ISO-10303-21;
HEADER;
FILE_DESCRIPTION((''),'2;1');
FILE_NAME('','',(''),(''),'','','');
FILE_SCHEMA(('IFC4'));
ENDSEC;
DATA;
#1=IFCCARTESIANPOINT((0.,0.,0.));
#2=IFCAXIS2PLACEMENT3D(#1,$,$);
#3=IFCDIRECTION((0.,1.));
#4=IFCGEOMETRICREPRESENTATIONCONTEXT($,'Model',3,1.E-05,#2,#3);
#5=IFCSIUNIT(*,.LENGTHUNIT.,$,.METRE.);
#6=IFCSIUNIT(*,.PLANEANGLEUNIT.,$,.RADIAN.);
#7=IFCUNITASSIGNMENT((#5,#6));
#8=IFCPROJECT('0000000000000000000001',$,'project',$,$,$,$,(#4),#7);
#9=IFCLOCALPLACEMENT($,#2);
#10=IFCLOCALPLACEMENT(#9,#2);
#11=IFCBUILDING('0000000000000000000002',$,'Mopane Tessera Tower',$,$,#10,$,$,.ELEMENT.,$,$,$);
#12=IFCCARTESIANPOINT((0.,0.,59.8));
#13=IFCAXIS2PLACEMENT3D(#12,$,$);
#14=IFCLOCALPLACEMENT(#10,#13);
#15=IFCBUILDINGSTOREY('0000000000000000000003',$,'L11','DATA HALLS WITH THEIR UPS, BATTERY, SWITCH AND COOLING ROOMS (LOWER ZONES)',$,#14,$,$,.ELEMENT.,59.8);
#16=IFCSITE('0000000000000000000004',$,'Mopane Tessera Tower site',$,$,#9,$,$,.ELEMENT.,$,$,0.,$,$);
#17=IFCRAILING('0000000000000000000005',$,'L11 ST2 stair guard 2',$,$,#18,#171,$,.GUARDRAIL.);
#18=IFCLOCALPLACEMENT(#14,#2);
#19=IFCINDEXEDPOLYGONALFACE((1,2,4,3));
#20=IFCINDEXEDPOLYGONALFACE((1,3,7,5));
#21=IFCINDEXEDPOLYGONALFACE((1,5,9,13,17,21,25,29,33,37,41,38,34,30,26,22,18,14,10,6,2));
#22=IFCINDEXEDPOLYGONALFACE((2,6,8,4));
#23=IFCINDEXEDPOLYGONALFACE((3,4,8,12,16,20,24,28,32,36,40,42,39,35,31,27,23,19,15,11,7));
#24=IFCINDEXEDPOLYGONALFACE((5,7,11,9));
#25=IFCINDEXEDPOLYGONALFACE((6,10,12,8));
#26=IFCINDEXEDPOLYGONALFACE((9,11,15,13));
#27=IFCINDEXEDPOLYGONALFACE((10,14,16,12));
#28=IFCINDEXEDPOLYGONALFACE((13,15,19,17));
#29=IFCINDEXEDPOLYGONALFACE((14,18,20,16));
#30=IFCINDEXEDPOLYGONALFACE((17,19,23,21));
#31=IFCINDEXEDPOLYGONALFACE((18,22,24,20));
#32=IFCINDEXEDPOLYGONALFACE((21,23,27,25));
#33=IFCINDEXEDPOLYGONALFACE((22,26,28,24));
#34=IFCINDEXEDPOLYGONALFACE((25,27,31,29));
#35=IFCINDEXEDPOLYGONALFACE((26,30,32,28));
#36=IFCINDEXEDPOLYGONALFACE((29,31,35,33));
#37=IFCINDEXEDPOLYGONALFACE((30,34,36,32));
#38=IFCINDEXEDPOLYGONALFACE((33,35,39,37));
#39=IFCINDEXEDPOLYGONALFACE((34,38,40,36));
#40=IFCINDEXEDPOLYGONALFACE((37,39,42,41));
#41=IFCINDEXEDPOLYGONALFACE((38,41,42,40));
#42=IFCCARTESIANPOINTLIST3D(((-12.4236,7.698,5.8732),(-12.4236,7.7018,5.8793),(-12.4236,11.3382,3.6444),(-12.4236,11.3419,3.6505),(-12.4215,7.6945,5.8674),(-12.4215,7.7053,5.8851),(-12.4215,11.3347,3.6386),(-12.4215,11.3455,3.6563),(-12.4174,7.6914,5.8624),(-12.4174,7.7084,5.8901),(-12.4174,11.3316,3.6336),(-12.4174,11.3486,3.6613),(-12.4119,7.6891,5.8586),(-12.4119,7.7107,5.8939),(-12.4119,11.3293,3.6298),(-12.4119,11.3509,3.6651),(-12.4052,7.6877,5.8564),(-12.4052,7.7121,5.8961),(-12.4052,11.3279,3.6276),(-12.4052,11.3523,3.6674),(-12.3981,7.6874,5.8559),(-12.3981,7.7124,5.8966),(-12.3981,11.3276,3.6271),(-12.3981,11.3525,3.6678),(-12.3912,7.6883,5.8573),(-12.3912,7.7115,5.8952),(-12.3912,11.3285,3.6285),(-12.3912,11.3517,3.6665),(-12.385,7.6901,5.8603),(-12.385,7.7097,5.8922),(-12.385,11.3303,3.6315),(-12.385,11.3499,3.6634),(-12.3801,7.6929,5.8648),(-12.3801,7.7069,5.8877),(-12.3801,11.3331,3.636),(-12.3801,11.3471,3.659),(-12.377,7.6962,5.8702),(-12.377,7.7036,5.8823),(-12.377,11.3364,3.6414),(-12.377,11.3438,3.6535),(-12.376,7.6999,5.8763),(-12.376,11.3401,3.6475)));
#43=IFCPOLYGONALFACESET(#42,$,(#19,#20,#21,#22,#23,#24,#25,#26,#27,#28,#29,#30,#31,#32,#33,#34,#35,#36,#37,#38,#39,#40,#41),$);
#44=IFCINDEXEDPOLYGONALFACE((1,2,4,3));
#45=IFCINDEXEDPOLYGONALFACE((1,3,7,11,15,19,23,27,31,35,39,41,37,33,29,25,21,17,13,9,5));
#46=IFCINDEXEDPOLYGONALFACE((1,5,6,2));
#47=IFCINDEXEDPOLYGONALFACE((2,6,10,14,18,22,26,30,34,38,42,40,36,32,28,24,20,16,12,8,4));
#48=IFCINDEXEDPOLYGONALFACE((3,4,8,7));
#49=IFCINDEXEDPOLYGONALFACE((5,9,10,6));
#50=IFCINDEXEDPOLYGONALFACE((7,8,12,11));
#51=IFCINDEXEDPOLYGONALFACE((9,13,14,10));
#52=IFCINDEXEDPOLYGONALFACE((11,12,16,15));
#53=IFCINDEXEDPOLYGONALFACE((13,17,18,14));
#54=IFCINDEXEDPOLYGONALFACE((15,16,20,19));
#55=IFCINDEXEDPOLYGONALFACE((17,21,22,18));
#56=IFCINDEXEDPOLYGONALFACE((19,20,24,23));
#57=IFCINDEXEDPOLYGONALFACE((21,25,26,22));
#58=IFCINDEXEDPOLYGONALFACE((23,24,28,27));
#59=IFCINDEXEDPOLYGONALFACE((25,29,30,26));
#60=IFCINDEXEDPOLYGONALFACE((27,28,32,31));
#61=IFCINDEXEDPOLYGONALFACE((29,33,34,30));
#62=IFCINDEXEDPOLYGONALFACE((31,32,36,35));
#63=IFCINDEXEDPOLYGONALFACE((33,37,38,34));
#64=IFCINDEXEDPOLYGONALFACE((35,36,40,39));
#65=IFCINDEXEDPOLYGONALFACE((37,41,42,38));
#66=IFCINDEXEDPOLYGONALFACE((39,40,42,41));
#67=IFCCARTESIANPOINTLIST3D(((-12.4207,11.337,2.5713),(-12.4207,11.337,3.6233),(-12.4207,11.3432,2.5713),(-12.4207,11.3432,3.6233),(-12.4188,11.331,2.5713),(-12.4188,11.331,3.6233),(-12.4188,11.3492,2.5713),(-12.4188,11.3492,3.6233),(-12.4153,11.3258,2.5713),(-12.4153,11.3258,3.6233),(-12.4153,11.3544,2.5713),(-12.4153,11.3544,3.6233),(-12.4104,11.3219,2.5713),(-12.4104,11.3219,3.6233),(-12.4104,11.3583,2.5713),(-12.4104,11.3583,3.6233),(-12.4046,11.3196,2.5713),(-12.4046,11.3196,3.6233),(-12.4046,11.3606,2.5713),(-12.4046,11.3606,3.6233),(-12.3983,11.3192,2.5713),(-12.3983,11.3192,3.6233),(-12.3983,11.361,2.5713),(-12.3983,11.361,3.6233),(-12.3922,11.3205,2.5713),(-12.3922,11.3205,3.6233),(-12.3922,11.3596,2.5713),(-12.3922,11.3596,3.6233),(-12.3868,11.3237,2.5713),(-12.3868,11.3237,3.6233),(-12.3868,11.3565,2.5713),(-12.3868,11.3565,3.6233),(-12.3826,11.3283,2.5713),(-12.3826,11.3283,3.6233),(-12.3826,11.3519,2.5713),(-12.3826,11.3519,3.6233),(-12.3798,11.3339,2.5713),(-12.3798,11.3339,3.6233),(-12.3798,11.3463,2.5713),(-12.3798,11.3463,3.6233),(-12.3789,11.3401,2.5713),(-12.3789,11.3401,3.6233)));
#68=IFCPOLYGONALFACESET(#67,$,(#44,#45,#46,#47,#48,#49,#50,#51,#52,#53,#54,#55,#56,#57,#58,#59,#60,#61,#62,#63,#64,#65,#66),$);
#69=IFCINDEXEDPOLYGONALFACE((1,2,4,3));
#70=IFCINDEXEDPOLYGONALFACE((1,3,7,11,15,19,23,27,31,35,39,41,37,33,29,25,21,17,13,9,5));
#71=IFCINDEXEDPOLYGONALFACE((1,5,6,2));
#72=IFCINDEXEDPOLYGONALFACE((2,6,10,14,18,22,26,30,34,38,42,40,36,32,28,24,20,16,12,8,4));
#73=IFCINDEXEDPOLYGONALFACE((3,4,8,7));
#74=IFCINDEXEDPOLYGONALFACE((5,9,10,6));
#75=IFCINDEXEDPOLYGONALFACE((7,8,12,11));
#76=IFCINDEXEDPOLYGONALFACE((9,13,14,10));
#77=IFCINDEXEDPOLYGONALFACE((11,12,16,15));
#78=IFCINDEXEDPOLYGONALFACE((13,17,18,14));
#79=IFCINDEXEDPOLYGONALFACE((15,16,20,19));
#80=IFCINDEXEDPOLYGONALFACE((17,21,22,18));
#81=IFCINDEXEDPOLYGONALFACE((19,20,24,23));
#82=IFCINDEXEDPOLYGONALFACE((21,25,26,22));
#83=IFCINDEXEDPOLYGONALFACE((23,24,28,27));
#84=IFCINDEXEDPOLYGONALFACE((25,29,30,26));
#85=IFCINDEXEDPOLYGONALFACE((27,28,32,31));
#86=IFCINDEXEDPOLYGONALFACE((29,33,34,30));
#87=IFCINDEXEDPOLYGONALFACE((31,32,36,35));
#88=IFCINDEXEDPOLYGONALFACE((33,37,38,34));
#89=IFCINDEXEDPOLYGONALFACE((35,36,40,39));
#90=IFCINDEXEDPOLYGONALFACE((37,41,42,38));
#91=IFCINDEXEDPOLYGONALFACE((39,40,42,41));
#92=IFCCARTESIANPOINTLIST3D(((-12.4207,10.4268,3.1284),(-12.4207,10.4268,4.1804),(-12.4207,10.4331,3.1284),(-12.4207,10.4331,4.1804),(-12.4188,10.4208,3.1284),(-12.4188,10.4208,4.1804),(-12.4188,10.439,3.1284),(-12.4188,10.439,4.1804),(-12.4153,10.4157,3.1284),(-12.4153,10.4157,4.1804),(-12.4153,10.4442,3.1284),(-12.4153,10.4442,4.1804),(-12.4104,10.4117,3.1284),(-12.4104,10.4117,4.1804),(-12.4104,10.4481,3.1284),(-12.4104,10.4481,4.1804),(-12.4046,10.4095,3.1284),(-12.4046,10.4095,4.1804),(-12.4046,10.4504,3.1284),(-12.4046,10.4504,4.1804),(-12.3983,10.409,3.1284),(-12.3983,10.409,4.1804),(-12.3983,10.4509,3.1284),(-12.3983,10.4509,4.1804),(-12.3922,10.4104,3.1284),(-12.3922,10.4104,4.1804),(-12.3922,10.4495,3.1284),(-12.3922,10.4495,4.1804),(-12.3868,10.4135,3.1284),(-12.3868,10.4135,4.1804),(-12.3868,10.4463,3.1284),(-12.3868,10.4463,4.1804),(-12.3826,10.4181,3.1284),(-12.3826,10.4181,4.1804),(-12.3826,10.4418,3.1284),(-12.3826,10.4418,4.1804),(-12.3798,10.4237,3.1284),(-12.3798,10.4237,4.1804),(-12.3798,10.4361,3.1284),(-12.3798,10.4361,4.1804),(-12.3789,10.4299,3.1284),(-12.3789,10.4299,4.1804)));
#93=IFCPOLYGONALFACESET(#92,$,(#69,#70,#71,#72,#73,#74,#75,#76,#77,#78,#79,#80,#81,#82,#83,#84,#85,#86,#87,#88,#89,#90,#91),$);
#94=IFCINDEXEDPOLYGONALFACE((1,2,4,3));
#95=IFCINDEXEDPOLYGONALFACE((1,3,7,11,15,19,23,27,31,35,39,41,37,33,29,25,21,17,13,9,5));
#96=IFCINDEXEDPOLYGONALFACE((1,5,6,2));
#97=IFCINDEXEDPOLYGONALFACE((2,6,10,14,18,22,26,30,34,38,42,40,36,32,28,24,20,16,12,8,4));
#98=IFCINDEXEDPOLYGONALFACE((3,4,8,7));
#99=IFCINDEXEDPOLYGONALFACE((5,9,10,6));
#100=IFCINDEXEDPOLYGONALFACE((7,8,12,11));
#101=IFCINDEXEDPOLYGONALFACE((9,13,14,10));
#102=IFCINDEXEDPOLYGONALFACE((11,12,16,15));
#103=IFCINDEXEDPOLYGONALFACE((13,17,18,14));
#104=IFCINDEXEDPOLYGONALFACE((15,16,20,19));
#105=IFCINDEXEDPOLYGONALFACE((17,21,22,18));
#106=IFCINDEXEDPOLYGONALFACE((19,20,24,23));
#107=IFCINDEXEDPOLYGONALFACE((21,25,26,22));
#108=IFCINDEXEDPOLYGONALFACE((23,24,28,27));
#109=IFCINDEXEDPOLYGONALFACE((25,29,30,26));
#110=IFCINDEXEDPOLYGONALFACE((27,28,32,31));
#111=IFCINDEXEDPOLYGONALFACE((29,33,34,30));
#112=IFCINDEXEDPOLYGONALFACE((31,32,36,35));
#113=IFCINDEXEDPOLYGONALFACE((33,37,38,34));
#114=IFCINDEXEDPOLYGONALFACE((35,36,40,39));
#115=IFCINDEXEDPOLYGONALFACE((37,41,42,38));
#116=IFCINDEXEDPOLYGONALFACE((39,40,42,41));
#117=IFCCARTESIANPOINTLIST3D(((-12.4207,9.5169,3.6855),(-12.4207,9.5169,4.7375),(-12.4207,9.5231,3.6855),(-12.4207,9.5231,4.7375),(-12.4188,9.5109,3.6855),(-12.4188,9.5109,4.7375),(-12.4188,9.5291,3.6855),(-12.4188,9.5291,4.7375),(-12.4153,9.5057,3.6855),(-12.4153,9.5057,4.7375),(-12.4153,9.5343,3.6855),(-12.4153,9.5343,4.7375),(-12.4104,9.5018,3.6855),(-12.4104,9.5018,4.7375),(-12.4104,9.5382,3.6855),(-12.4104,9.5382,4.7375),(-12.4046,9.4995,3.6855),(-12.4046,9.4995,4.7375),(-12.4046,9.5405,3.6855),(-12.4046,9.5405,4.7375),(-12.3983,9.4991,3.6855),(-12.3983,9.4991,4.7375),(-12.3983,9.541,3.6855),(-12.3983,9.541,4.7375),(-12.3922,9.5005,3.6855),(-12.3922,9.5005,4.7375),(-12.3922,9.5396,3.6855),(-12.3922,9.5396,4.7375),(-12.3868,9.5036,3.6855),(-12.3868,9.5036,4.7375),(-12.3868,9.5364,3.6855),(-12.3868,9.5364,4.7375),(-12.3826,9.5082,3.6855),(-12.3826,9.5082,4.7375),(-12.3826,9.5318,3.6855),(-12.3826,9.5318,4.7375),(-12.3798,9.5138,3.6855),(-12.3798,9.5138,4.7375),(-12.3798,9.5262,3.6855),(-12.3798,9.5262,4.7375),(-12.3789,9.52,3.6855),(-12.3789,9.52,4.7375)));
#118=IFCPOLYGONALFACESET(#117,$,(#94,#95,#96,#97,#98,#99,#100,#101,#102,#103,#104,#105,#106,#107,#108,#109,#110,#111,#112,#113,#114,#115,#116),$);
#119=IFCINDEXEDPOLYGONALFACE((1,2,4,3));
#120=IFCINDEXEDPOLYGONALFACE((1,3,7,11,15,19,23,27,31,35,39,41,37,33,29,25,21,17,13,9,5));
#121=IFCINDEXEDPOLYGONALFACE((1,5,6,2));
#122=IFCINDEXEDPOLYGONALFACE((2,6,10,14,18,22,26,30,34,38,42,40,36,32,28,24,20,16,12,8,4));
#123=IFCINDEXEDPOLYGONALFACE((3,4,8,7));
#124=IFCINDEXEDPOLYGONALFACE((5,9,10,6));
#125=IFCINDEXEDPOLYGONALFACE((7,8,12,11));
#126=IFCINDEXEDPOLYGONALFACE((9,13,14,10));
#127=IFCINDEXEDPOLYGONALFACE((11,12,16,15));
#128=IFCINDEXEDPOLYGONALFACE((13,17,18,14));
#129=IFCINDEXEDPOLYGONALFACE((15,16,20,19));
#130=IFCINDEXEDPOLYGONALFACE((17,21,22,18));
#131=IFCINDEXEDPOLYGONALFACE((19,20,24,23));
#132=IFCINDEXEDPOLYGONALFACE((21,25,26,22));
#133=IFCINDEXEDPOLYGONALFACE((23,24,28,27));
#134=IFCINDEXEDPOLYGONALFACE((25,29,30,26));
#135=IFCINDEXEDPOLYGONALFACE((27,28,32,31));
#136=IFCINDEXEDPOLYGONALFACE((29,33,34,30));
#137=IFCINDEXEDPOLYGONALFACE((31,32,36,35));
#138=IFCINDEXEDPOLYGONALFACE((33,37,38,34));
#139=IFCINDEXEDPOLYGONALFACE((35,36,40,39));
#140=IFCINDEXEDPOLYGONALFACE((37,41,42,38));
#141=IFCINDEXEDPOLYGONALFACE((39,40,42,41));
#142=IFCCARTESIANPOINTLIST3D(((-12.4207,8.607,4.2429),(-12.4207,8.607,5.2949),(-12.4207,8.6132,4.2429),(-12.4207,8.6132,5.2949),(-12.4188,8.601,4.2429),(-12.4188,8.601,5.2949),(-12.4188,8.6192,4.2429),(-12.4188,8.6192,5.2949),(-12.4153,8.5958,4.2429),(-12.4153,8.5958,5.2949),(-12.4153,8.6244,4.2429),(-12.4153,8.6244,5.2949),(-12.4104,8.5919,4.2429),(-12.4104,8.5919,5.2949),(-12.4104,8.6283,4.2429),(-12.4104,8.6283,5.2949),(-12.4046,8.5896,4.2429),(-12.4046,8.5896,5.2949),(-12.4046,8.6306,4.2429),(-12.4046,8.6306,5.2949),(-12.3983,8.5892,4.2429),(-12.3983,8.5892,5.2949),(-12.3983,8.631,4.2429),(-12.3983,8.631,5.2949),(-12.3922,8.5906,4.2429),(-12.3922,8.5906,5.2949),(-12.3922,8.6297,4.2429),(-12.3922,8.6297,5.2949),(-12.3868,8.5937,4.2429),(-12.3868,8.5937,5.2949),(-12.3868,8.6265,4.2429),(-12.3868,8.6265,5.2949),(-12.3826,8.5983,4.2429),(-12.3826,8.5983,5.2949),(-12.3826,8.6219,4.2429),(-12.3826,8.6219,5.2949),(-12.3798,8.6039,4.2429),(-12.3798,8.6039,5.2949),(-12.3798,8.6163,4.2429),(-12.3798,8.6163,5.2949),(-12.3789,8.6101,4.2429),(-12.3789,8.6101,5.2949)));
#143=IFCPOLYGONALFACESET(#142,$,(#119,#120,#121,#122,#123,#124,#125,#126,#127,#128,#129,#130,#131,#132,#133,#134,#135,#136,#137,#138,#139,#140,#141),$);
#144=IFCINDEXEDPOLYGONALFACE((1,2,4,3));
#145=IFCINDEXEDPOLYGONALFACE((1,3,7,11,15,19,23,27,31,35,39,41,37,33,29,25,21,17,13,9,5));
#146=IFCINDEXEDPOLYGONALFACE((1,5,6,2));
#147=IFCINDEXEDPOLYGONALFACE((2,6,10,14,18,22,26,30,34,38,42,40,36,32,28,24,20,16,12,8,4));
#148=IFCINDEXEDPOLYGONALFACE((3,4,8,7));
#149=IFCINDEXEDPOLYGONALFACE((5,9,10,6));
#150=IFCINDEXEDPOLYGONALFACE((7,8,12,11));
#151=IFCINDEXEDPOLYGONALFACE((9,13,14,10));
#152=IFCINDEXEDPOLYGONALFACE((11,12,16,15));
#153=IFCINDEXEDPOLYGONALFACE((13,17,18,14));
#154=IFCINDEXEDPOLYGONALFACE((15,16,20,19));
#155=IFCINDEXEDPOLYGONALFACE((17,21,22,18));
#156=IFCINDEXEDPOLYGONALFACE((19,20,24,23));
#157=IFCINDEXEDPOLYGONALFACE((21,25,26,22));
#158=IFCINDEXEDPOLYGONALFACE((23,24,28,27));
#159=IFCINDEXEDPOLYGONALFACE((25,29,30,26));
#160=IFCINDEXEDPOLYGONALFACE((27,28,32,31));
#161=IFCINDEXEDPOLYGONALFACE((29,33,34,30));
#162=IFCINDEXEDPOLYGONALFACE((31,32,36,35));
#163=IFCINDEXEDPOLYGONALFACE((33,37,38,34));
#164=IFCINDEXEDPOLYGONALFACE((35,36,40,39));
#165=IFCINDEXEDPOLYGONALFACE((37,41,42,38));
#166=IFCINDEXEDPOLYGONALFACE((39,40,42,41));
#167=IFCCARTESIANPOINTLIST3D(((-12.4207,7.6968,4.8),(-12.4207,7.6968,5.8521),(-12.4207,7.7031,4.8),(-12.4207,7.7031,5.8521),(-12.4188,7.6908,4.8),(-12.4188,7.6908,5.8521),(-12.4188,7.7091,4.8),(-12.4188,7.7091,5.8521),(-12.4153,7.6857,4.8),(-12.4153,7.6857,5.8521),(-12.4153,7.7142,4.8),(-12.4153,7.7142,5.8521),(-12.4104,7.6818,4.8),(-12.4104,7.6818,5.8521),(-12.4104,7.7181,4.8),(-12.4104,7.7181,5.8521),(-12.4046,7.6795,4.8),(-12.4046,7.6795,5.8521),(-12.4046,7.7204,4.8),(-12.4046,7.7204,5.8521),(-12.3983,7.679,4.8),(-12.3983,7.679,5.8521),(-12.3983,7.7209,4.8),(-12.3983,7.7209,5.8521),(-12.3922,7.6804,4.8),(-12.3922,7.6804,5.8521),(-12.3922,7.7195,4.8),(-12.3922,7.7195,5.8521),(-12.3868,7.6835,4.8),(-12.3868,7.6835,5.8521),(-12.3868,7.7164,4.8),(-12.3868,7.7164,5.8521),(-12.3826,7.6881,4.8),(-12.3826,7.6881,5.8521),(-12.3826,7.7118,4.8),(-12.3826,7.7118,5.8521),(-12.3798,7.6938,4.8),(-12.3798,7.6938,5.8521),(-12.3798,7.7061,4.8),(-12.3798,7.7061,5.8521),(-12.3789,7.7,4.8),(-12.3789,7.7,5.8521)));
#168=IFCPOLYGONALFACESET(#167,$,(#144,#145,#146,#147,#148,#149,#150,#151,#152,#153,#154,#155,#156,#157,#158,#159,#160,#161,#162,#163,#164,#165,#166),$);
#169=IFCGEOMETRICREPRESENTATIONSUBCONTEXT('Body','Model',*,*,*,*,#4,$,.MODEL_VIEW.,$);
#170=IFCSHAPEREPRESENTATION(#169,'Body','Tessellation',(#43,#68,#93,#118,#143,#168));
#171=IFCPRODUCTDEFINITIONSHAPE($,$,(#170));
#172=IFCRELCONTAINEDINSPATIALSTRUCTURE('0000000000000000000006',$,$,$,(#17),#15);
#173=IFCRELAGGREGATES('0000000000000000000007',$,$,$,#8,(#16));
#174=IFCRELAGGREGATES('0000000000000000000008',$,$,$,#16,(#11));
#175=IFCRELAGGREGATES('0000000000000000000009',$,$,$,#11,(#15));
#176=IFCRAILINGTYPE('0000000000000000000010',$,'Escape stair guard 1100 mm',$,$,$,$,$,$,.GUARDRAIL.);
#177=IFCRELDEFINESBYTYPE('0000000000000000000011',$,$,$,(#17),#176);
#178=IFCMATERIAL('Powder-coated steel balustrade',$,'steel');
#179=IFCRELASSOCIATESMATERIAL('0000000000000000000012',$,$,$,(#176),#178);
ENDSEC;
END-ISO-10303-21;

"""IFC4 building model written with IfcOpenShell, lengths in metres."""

from ifc_helpers import new_model, si_unit, direction, frame, origin, origin_2d, place, context, subcontext, project, spatial, circle, extrude, material, type_object, element, save


model = new_model("IFC4")

# Units and contexts
model_context = context("Model", 3, precision=1e-05, world=origin(), true_north=direction((0.0, 1.0)))
body_context = subcontext(model_context, "Body", "Model", "MODEL_VIEW")
ifc_project = project(units=[si_unit("LENGTHUNIT", "METRE"), si_unit("PLANEANGLEUNIT", "RADIAN")], contexts=[model_context])

# Site, building, storey
site_placement = place(None, origin())
site = spatial("IfcSite", under=ifc_project, at=site_placement, Name="Mopane Tessera Tower site", CompositionType="ELEMENT", RefElevation=0.0)
building_placement = place(site_placement, origin())
building = spatial("IfcBuilding", under=site, at=building_placement, Name="Mopane Tessera Tower", CompositionType="ELEMENT")
storey_placement = place(building_placement, frame((0.0, 0.0, 59.8)))
storey = spatial("IfcBuildingStorey", under=building, at=storey_placement, Name="L11", Description="DATA HALLS WITH THEIR UPS, BATTERY, SWITCH AND COOLING ROOMS (LOWER ZONES)", CompositionType="ELEMENT", Elevation=59.8)

# Railing
ifc_material_1 = material(Name="Powder-coated steel balustrade", Category="steel")
railing_type_1 = type_object("IfcRailingType", Name="Escape stair guard 1100 mm", PredefinedType="GUARDRAIL", material=ifc_material_1)
railing_1_placement = place(storey_placement, frame((-12.3999, 11.3401, 2.5713)))
element("IfcRailing", 1, at=railing_1_placement, inside=storey, type_object=railing_type_1, Name="L11 ST2 stair guard 2", PredefinedType="GUARDRAIL", context=body_context, shape_type="SweptSolid", body=[
    extrude(circle(Radius=0.0239, at=origin_2d()), frame((0.0, 0.0, 1.0762), z_axis=(0.0, -0.85284, 0.522172), x_axis=(1.0, 0.0, 0.0)), (0.0, 0.0, 1.0), 4.2683),
    extrude(circle(Radius=0.021, at=origin_2d()), origin(), (0.0, 0.0, 1.0), 1.052),
    extrude(circle(Radius=0.021, at=origin_2d()), frame((0.0, -0.9102, 0.5571)), (0.0, 0.0, 1.0), 1.052),
    extrude(circle(Radius=0.021, at=origin_2d()), frame((0.0, -1.8201, 1.1143)), (0.0, 0.0, 1.0), 1.052),
    extrude(circle(Radius=0.021, at=origin_2d()), frame((0.0, -2.73, 1.6716)), (0.0, 0.0, 1.0), 1.052),
    extrude(circle(Radius=0.021, at=origin_2d()), frame((0.0, -3.6401, 2.2288)), (0.0, 0.0, 1.0), 1.052),
])

save(model, "model.ifc")
